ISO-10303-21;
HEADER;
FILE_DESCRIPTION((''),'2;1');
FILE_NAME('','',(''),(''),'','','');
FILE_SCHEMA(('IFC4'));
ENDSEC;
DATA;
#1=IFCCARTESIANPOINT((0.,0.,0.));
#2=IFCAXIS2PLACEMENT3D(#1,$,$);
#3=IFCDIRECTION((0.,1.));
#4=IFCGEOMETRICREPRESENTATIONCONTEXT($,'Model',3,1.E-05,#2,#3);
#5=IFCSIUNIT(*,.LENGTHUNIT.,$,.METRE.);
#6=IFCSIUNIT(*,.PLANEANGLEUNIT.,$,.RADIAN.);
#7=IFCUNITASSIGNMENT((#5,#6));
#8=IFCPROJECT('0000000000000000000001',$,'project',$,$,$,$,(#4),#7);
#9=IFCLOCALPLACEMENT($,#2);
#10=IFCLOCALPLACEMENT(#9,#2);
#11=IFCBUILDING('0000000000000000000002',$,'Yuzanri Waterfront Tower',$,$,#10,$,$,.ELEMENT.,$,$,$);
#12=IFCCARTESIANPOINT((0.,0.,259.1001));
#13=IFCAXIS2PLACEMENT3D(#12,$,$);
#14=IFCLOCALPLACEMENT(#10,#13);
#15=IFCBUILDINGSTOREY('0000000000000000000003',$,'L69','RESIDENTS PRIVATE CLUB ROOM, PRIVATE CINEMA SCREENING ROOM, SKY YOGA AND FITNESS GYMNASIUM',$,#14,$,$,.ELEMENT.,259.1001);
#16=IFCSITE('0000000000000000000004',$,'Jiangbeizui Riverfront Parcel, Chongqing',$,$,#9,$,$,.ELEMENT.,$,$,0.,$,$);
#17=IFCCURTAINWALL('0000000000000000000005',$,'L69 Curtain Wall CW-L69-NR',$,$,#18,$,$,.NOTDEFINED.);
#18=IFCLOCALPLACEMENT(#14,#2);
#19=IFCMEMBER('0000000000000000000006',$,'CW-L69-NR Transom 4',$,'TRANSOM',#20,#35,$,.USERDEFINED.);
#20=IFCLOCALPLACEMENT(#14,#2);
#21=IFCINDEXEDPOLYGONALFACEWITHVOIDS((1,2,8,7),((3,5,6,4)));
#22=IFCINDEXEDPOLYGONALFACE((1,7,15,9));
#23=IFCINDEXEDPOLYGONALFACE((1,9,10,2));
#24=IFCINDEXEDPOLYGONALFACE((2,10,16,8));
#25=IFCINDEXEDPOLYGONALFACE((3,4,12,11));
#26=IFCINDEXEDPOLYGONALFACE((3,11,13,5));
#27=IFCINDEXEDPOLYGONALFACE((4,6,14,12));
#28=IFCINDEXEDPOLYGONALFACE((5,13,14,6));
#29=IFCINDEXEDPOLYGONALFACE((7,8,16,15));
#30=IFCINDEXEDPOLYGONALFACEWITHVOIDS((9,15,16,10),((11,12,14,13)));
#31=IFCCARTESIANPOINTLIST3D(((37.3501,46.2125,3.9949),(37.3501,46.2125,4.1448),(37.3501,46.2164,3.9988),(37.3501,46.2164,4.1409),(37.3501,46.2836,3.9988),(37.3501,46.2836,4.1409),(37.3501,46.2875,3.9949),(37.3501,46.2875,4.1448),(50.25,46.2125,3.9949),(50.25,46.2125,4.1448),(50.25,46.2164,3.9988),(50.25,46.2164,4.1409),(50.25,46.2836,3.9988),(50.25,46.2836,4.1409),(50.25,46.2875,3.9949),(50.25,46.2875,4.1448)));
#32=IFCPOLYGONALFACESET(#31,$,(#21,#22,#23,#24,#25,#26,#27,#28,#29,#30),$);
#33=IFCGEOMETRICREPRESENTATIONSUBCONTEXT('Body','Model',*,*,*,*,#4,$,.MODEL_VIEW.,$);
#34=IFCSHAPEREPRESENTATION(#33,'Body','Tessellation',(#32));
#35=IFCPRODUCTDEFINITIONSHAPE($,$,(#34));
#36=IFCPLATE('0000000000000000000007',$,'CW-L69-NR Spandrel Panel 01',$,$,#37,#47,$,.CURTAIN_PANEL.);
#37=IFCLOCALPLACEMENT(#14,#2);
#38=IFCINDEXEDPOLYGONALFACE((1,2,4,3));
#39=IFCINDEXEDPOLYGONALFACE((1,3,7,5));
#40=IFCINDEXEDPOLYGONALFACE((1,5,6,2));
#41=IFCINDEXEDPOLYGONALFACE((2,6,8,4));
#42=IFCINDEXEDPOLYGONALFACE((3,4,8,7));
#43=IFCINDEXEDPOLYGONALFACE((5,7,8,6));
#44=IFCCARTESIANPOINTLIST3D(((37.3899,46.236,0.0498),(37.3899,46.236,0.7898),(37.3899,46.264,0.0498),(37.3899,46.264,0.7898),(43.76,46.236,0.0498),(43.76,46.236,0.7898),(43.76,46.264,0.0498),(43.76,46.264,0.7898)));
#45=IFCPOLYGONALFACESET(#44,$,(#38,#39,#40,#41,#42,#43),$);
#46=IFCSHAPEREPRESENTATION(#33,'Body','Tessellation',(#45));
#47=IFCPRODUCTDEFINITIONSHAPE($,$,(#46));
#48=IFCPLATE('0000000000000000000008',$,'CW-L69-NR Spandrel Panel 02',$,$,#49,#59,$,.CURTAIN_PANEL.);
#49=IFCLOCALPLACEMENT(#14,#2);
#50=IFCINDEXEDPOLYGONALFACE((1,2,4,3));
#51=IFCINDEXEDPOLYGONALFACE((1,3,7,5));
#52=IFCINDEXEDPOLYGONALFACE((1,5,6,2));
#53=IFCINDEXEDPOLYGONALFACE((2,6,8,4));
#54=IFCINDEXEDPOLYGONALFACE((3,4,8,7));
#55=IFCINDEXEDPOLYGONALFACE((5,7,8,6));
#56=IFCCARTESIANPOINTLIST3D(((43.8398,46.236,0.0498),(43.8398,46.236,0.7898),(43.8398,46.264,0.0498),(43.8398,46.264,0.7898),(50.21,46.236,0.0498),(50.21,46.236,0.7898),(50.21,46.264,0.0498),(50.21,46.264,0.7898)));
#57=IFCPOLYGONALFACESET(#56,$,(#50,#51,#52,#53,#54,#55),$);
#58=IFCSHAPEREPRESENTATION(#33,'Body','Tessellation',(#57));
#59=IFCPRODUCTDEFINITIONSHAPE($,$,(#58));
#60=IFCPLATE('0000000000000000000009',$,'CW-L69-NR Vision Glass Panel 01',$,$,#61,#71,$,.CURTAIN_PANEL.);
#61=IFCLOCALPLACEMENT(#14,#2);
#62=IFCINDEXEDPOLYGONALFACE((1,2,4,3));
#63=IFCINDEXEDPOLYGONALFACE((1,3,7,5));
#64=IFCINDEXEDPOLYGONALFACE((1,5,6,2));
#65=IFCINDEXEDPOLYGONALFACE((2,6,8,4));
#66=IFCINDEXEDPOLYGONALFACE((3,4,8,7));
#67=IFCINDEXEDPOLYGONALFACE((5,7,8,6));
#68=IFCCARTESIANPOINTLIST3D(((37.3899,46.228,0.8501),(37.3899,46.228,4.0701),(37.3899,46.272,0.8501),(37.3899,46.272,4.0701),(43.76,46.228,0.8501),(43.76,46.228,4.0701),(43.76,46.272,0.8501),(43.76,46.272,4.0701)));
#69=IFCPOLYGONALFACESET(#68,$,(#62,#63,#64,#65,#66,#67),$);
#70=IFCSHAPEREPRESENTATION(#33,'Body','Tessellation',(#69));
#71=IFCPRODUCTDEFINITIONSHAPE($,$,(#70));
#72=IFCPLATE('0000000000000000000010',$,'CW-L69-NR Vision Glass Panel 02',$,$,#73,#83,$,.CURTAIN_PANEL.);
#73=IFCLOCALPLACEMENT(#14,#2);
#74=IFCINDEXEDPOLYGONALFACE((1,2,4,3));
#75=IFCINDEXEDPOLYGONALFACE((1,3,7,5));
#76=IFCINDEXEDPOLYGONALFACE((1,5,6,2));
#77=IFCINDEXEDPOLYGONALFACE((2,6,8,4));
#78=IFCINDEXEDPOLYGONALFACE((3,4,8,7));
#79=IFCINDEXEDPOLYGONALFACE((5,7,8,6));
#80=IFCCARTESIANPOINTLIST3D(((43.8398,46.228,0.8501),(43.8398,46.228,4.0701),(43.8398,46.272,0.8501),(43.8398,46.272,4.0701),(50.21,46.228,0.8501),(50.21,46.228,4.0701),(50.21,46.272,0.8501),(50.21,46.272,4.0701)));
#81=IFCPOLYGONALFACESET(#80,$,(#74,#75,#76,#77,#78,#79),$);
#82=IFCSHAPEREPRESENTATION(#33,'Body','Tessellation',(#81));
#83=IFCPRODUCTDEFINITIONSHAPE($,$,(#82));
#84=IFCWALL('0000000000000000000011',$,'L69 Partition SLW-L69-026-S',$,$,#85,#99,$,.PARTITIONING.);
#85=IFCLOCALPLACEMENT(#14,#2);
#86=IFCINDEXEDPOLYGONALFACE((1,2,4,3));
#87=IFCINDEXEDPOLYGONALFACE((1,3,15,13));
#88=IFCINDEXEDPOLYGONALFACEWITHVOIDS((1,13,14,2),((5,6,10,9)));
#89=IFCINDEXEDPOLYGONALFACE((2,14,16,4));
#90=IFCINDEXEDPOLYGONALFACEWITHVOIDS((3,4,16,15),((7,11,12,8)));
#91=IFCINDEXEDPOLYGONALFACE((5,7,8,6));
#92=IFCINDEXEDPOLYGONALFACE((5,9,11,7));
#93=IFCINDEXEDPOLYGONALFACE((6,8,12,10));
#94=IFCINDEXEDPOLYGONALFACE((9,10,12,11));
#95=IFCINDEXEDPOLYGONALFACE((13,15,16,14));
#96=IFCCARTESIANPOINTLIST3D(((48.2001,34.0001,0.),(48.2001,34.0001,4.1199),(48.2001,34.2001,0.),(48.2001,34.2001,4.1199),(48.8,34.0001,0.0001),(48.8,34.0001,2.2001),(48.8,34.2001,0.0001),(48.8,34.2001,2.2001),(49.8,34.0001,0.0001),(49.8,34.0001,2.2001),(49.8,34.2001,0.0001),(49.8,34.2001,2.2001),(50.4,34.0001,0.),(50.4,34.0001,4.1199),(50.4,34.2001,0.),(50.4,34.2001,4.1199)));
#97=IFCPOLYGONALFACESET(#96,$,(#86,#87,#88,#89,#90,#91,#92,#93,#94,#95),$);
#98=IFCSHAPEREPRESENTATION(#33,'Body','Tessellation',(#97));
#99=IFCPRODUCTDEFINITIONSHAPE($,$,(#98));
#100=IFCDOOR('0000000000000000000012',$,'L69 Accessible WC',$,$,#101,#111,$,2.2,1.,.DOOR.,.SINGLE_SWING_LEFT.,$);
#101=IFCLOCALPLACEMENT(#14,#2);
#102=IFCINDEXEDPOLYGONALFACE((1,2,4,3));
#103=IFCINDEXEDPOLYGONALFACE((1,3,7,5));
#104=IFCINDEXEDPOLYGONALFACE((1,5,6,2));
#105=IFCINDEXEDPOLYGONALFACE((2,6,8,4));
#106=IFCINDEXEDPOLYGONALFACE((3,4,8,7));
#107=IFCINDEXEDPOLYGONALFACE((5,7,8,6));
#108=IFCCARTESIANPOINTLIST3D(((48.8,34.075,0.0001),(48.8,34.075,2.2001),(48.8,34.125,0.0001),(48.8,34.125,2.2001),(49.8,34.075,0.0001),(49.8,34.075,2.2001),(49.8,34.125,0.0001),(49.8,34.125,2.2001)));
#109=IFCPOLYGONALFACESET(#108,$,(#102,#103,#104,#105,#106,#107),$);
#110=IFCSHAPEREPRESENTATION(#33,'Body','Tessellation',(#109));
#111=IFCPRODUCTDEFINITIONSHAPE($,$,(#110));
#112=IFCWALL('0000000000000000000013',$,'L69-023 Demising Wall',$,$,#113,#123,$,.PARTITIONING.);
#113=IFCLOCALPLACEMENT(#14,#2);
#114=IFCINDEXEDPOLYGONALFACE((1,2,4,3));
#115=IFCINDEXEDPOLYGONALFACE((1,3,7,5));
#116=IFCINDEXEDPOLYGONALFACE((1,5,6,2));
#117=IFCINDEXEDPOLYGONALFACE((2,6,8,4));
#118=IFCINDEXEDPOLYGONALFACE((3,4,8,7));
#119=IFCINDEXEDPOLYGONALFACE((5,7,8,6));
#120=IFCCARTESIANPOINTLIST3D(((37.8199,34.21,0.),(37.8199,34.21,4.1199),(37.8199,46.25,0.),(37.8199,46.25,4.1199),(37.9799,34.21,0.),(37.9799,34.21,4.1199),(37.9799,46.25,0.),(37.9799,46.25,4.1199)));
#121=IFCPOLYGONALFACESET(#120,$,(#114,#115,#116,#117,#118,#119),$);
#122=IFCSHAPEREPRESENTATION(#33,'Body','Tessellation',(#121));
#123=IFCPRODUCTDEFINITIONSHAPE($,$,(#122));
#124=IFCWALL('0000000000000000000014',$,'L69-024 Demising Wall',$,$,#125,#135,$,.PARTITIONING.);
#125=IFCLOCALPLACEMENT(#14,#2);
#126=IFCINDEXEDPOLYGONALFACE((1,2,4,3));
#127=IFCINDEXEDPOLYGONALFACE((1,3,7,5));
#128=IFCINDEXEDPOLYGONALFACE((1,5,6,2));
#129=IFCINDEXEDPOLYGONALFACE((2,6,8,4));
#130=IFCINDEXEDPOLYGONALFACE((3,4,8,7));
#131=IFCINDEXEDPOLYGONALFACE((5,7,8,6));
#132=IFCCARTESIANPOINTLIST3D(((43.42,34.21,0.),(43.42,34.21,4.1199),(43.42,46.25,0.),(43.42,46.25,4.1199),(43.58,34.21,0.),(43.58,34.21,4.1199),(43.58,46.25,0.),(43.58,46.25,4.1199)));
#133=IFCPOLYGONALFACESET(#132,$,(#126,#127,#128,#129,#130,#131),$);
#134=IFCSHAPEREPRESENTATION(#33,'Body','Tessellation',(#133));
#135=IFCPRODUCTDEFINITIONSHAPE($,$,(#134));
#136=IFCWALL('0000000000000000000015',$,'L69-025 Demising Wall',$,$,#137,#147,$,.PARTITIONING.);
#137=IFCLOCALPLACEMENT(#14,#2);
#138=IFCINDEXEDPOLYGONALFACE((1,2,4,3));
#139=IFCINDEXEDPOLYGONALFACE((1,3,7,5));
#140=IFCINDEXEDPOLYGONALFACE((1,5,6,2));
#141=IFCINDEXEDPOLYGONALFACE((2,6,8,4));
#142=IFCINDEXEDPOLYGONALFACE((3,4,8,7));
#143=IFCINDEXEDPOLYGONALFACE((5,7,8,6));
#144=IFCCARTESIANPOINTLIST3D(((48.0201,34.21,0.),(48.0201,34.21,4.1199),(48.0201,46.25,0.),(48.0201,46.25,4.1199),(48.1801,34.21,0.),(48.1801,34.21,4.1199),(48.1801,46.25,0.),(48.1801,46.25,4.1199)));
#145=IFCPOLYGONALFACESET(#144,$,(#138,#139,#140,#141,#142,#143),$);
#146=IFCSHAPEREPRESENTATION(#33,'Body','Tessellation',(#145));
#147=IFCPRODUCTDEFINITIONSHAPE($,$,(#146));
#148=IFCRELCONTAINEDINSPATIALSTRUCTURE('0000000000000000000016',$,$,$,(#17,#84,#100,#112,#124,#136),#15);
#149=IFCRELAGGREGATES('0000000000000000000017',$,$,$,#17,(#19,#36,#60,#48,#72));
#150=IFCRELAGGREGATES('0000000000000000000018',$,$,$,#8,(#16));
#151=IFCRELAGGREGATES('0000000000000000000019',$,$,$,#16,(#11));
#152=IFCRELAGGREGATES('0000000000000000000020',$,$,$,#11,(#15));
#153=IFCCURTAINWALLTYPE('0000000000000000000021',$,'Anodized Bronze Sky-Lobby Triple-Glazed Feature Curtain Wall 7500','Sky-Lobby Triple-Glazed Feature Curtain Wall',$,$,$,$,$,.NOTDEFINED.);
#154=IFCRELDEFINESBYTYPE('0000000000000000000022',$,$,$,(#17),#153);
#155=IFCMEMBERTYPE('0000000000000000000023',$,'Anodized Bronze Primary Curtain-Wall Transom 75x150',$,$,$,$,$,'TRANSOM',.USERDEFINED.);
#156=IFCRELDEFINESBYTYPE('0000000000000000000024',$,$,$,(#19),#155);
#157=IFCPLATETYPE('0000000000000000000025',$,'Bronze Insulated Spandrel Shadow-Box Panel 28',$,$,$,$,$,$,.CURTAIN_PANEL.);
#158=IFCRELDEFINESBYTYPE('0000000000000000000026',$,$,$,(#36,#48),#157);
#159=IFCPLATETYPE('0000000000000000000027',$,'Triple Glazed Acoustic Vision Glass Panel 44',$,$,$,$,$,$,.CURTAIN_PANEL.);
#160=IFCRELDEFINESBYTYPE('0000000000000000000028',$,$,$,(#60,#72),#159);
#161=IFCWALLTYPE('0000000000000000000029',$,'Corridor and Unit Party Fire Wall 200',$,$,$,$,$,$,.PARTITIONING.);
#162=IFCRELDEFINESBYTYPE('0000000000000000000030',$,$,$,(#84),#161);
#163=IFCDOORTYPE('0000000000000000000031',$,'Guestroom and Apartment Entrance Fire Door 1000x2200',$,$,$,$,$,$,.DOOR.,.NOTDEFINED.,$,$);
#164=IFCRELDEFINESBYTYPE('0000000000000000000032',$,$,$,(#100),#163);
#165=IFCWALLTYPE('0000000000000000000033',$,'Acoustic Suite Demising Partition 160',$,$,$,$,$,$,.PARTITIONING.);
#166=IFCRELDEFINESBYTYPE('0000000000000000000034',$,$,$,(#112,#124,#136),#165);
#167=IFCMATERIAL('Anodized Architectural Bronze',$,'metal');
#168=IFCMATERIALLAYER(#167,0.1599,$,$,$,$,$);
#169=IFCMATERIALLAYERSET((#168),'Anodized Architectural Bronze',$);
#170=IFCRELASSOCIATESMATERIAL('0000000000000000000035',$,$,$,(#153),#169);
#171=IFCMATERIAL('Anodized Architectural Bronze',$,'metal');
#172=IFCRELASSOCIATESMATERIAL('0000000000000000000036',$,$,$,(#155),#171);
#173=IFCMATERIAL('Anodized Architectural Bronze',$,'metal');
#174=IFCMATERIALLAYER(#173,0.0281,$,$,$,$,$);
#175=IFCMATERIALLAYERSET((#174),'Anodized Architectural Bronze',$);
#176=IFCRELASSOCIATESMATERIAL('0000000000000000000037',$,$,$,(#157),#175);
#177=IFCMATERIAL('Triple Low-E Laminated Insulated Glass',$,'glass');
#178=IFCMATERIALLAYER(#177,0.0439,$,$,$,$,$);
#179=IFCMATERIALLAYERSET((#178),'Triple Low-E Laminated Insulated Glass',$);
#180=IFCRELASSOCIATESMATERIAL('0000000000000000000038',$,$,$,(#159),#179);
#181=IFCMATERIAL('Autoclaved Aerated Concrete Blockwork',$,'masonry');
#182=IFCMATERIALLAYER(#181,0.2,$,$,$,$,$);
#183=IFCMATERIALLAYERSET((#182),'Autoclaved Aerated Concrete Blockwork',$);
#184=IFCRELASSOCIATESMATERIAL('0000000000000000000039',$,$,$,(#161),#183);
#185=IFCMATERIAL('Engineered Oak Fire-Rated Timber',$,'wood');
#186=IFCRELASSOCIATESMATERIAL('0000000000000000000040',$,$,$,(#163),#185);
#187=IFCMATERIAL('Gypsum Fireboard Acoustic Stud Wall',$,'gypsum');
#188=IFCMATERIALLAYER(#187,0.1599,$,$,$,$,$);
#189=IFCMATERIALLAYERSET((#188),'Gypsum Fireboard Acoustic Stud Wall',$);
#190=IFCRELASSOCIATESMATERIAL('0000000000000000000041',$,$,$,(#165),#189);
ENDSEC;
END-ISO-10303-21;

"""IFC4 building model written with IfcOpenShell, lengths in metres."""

from ifc_helpers import new_model, si_unit, direction, frame, frame_2d, origin, origin_2d, place, context, subcontext, project, spatial, rectangle, hollow_rectangle, extrude, source, transform, mapped, material, layer, layer_set, material_profile, profile_set, type_object, element, fill, aggregate, save


model = new_model("IFC4")

# Units and contexts
model_context = context("Model", 3, precision=1e-05, world=origin(), true_north=direction((0.0, 1.0)))
body_context = subcontext(model_context, "Body", "Model", "MODEL_VIEW")
ifc_project = project(units=[si_unit("LENGTHUNIT", "METRE"), si_unit("PLANEANGLEUNIT", "RADIAN")], contexts=[model_context])

# Site, building, storey
site_placement = place(None, origin())
site = spatial("IfcSite", under=ifc_project, at=site_placement, Name="Jiangbeizui Riverfront Parcel, Chongqing", CompositionType="ELEMENT", RefElevation=0.0)
building_placement = place(site_placement, origin())
building = spatial("IfcBuilding", under=site, at=building_placement, Name="Yuzanri Waterfront Tower", CompositionType="ELEMENT")
storey_placement = place(building_placement, frame((0.0, 0.0, 259.1001)))
storey = spatial("IfcBuildingStorey", under=building, at=storey_placement, Name="L69", Description="RESIDENTS PRIVATE CLUB ROOM, PRIVATE CINEMA SCREENING ROOM, SKY YOGA AND FITNESS GYMNASIUM", CompositionType="ELEMENT", Elevation=259.1001)

# Curtain wall, member, plates
ifc_material_1 = material(Name="Anodized Architectural Bronze", Category="metal")
ifc_layer_1 = layer(ifc_material_1, 0.1599)
ifc_layer_set_1 = layer_set([ifc_layer_1], Name="Anodized Architectural Bronze")
curtain_wall_type = type_object("IfcCurtainWallType", Name="Anodized Bronze Sky-Lobby Triple-Glazed Feature Curtain Wall 7500", Description="Sky-Lobby Triple-Glazed Feature Curtain Wall", PredefinedType="NOTDEFINED", material=ifc_layer_set_1)
curtain_wall_placement = place(storey_placement, origin())
curtain_wall = element("IfcCurtainWall", 1, at=curtain_wall_placement, inside=storey, type_object=curtain_wall_type, Name="L69 Curtain Wall CW-L69-NR", PredefinedType="NOTDEFINED")
ifc_material_2 = material(Name="Anodized Architectural Bronze", Category="metal")
ifc_material_profile_1 = material_profile(ifc_material_2, hollow_rectangle(XDim=0.075, YDim=0.1499, WallThickness=0.0039, at=origin_2d()), Name="CWT 75x150")
ifc_profile_set_1 = profile_set([ifc_material_profile_1], Name="Anodized Architectural Bronze")
member_type_1 = type_object("IfcMemberType", Name="Anodized Bronze Primary Curtain-Wall Transom 75x150", ElementType="TRANSOM", PredefinedType="USERDEFINED", material=ifc_profile_set_1)
shared_shape_1 = source(origin(), body_context, "Body", "SweptSolid", [
    extrude(hollow_rectangle(XDim=0.075, YDim=0.1499, WallThickness=0.0039, at=origin_2d()), origin(), (0.0, 0.0, 1.0), 12.8999),
])
member_1_placement = place(storey_placement, frame((37.3501, 46.25, 4.0698), z_axis=(1.0, 0.0, 0.0), x_axis=(0.0, 1.0, 0.0)))
member_1 = element("IfcMember", 2, at=member_1_placement, type_object=member_type_1, Name="CW-L69-NR Transom 4", ObjectType="TRANSOM", PredefinedType="USERDEFINED", context=body_context, shape_type="MappedRepresentation", body=[
    mapped(shared_shape_1, transform((0.0, 0.0, 0.0), scale=1.0)),
])
ifc_material_3 = material(Name="Anodized Architectural Bronze", Category="metal")
ifc_layer_2 = layer(ifc_material_3, 0.0281)
ifc_layer_set_2 = layer_set([ifc_layer_2], Name="Anodized Architectural Bronze")
plate_type_1 = type_object("IfcPlateType", Name="Bronze Insulated Spandrel Shadow-Box Panel 28", PredefinedType="CURTAIN_PANEL", material=ifc_layer_set_2)
shared_shape_2 = source(origin(), body_context, "Body", "SweptSolid", [
    extrude(rectangle(XDim=6.3701, YDim=0.0281, at=origin_2d()), origin(), (0.0, 0.0, 1.0), 0.74),
])
plate_1_placement = place(storey_placement, frame((40.575, 46.25, 0.0498), z_axis=(0.0, 0.0, 1.0), x_axis=(1.0, 0.0, 0.0)))
plate_1 = element("IfcPlate", 3, at=plate_1_placement, type_object=plate_type_1, Name="CW-L69-NR Spandrel Panel 01", PredefinedType="CURTAIN_PANEL", context=body_context, shape_type="MappedRepresentation", body=[
    mapped(shared_shape_2, transform((0.0, 0.0, 0.0), scale=1.0)),
])
plate_2_placement = place(storey_placement, frame((47.0249, 46.25, 0.0498), z_axis=(0.0, 0.0, 1.0), x_axis=(1.0, 0.0, 0.0)))
plate_2 = element("IfcPlate", 4, at=plate_2_placement, type_object=plate_type_1, Name="CW-L69-NR Spandrel Panel 02", PredefinedType="CURTAIN_PANEL", context=body_context, shape_type="MappedRepresentation", body=[
    mapped(shared_shape_2, transform((0.0, 0.0, 0.0), scale=1.0)),
])
ifc_material_4 = material(Name="Triple Low-E Laminated Insulated Glass", Category="glass")
ifc_layer_3 = layer(ifc_material_4, 0.0439)
ifc_layer_set_3 = layer_set([ifc_layer_3], Name="Triple Low-E Laminated Insulated Glass")
plate_type_2 = type_object("IfcPlateType", Name="Triple Glazed Acoustic Vision Glass Panel 44", PredefinedType="CURTAIN_PANEL", material=ifc_layer_set_3)
shared_shape_3 = source(origin(), body_context, "Body", "SweptSolid", [
    extrude(rectangle(XDim=6.3701, YDim=0.0439, at=origin_2d()), origin(), (0.0, 0.0, 1.0), 3.22),
])
plate_3_placement = place(storey_placement, frame((40.575, 46.25, 0.8501), z_axis=(0.0, 0.0, 1.0), x_axis=(1.0, 0.0, 0.0)))
plate_3 = element("IfcPlate", 5, at=plate_3_placement, type_object=plate_type_2, Name="CW-L69-NR Vision Glass Panel 01", PredefinedType="CURTAIN_PANEL", context=body_context, shape_type="MappedRepresentation", body=[
    mapped(shared_shape_3, transform((0.0, 0.0, 0.0), scale=1.0)),
])
plate_4_placement = place(storey_placement, frame((47.0249, 46.25, 0.8501), z_axis=(0.0, 0.0, 1.0), x_axis=(1.0, 0.0, 0.0)))
plate_4 = element("IfcPlate", 6, at=plate_4_placement, type_object=plate_type_2, Name="CW-L69-NR Vision Glass Panel 02", PredefinedType="CURTAIN_PANEL", context=body_context, shape_type="MappedRepresentation", body=[
    mapped(shared_shape_3, transform((0.0, 0.0, 0.0), scale=1.0)),
])
aggregate(curtain_wall, [member_1, plate_1, plate_3, plate_2, plate_4])

# Wall, opening, door
ifc_material_5 = material(Name="Autoclaved Aerated Concrete Blockwork", Category="masonry")
ifc_layer_4 = layer(ifc_material_5, 0.2)
ifc_layer_set_4 = layer_set([ifc_layer_4], Name="Autoclaved Aerated Concrete Blockwork")
wall_type_1 = type_object("IfcWallType", Name="Corridor and Unit Party Fire Wall 200", PredefinedType="PARTITIONING", material=ifc_layer_set_4)
wall_placement = place(storey_placement, frame((48.2, 34.1001, 0.0), z_axis=(0.0, 0.0, 1.0), x_axis=(1.0, 0.0, 0.0)))
wall = element("IfcWall", 7, at=wall_placement, inside=storey, type_object=wall_type_1, Name="L69 Partition SLW-L69-026-S", PredefinedType="PARTITIONING", context=body_context, shape_type="SweptSolid", body=[
    extrude(rectangle(XDim=2.2, YDim=0.2, at=frame_2d((1.1001, 0.0))), origin(), (0.0, 0.0, 1.0), 4.1199),
])
opening_placement = place(wall_placement, frame((0.6001, 0.0, 0.0)))
opening = element("IfcOpeningElement", 8, at=opening_placement, cuts=wall, PredefinedType="OPENING", context=body_context, shape_type="SweptSolid", body=[
    extrude(rectangle(XDim=1.0, YDim=2.2, at=frame_2d((0.5, 1.1001))), frame((0.0, 0.1147, 0.0), z_axis=(0.0, -1.0, 0.0), x_axis=(1.0, 0.0, 0.0)), (0.0, 0.0, 1.0), 0.2297),
])
ifc_material_6 = material(Name="Engineered Oak Fire-Rated Timber", Category="wood")
door_type = type_object("IfcDoorType", Name="Guestroom and Apartment Entrance Fire Door 1000x2200", OperationType="NOTDEFINED", PredefinedType="DOOR", material=ifc_material_6)
shared_shape_4 = source(origin(), body_context, "Body", "SweptSolid", [
    extrude(rectangle(XDim=1.0, YDim=2.2, at=frame_2d((0.5, 1.1001))), frame((0.0, 0.0249, 0.0), z_axis=(0.0, -1.0, 0.0), x_axis=(1.0, 0.0, 0.0)), (0.0, 0.0, 1.0), 0.05),
])
door_placement = place(opening_placement, origin())
door = element("IfcDoor", 9, at=door_placement, inside=storey, type_object=door_type, Name="L69 Accessible WC", OperationType="SINGLE_SWING_LEFT", OverallHeight=2.2, OverallWidth=1.0, PredefinedType="DOOR", context=body_context, shape_type="MappedRepresentation", body=[
    mapped(shared_shape_4, transform((0.0, 0.0, 0.0), scale=1.0)),
])
fill(opening, door)

# Walls
ifc_material_7 = material(Name="Gypsum Fireboard Acoustic Stud Wall", Category="gypsum")
ifc_layer_5 = layer(ifc_material_7, 0.1599)
ifc_layer_set_5 = layer_set([ifc_layer_5], Name="Gypsum Fireboard Acoustic Stud Wall")
wall_type_2 = type_object("IfcWallType", Name="Acoustic Suite Demising Partition 160", PredefinedType="PARTITIONING", material=ifc_layer_set_5)
shared_shape_5 = source(origin(), body_context, "Body", "SweptSolid", [
    extrude(rectangle(XDim=12.04, YDim=0.1599, at=frame_2d((6.02, 0.0))), origin(), (0.0, 0.0, 1.0), 4.1199),
])
for number, where, z_axis, x_axis, name in (
    (10, (37.8999, 34.21, 0.0), (0.0, 0.0, 1.0), (0.0, 1.0, 0.0), "L69-023 Demising Wall"),
    (11, (43.5, 34.21, 0.0), (0.0, 0.0, 1.0), (0.0, 1.0, 0.0), "L69-024 Demising Wall"),
    (12, (48.1001, 34.21, 0.0), (0.0, 0.0, 1.0), (0.0, 1.0, 0.0), "L69-025 Demising Wall"),
):
    element("IfcWall", number, at=place(storey_placement, frame(where, z_axis=z_axis, x_axis=x_axis)), inside=storey, type_object=wall_type_2, Name=name, PredefinedType="PARTITIONING", context=body_context, shape_type="MappedRepresentation", body=[
        mapped(shared_shape_5, transform((0.0, 0.0, 0.0), scale=1.0)),
    ])

save(model, "model.ifc")
